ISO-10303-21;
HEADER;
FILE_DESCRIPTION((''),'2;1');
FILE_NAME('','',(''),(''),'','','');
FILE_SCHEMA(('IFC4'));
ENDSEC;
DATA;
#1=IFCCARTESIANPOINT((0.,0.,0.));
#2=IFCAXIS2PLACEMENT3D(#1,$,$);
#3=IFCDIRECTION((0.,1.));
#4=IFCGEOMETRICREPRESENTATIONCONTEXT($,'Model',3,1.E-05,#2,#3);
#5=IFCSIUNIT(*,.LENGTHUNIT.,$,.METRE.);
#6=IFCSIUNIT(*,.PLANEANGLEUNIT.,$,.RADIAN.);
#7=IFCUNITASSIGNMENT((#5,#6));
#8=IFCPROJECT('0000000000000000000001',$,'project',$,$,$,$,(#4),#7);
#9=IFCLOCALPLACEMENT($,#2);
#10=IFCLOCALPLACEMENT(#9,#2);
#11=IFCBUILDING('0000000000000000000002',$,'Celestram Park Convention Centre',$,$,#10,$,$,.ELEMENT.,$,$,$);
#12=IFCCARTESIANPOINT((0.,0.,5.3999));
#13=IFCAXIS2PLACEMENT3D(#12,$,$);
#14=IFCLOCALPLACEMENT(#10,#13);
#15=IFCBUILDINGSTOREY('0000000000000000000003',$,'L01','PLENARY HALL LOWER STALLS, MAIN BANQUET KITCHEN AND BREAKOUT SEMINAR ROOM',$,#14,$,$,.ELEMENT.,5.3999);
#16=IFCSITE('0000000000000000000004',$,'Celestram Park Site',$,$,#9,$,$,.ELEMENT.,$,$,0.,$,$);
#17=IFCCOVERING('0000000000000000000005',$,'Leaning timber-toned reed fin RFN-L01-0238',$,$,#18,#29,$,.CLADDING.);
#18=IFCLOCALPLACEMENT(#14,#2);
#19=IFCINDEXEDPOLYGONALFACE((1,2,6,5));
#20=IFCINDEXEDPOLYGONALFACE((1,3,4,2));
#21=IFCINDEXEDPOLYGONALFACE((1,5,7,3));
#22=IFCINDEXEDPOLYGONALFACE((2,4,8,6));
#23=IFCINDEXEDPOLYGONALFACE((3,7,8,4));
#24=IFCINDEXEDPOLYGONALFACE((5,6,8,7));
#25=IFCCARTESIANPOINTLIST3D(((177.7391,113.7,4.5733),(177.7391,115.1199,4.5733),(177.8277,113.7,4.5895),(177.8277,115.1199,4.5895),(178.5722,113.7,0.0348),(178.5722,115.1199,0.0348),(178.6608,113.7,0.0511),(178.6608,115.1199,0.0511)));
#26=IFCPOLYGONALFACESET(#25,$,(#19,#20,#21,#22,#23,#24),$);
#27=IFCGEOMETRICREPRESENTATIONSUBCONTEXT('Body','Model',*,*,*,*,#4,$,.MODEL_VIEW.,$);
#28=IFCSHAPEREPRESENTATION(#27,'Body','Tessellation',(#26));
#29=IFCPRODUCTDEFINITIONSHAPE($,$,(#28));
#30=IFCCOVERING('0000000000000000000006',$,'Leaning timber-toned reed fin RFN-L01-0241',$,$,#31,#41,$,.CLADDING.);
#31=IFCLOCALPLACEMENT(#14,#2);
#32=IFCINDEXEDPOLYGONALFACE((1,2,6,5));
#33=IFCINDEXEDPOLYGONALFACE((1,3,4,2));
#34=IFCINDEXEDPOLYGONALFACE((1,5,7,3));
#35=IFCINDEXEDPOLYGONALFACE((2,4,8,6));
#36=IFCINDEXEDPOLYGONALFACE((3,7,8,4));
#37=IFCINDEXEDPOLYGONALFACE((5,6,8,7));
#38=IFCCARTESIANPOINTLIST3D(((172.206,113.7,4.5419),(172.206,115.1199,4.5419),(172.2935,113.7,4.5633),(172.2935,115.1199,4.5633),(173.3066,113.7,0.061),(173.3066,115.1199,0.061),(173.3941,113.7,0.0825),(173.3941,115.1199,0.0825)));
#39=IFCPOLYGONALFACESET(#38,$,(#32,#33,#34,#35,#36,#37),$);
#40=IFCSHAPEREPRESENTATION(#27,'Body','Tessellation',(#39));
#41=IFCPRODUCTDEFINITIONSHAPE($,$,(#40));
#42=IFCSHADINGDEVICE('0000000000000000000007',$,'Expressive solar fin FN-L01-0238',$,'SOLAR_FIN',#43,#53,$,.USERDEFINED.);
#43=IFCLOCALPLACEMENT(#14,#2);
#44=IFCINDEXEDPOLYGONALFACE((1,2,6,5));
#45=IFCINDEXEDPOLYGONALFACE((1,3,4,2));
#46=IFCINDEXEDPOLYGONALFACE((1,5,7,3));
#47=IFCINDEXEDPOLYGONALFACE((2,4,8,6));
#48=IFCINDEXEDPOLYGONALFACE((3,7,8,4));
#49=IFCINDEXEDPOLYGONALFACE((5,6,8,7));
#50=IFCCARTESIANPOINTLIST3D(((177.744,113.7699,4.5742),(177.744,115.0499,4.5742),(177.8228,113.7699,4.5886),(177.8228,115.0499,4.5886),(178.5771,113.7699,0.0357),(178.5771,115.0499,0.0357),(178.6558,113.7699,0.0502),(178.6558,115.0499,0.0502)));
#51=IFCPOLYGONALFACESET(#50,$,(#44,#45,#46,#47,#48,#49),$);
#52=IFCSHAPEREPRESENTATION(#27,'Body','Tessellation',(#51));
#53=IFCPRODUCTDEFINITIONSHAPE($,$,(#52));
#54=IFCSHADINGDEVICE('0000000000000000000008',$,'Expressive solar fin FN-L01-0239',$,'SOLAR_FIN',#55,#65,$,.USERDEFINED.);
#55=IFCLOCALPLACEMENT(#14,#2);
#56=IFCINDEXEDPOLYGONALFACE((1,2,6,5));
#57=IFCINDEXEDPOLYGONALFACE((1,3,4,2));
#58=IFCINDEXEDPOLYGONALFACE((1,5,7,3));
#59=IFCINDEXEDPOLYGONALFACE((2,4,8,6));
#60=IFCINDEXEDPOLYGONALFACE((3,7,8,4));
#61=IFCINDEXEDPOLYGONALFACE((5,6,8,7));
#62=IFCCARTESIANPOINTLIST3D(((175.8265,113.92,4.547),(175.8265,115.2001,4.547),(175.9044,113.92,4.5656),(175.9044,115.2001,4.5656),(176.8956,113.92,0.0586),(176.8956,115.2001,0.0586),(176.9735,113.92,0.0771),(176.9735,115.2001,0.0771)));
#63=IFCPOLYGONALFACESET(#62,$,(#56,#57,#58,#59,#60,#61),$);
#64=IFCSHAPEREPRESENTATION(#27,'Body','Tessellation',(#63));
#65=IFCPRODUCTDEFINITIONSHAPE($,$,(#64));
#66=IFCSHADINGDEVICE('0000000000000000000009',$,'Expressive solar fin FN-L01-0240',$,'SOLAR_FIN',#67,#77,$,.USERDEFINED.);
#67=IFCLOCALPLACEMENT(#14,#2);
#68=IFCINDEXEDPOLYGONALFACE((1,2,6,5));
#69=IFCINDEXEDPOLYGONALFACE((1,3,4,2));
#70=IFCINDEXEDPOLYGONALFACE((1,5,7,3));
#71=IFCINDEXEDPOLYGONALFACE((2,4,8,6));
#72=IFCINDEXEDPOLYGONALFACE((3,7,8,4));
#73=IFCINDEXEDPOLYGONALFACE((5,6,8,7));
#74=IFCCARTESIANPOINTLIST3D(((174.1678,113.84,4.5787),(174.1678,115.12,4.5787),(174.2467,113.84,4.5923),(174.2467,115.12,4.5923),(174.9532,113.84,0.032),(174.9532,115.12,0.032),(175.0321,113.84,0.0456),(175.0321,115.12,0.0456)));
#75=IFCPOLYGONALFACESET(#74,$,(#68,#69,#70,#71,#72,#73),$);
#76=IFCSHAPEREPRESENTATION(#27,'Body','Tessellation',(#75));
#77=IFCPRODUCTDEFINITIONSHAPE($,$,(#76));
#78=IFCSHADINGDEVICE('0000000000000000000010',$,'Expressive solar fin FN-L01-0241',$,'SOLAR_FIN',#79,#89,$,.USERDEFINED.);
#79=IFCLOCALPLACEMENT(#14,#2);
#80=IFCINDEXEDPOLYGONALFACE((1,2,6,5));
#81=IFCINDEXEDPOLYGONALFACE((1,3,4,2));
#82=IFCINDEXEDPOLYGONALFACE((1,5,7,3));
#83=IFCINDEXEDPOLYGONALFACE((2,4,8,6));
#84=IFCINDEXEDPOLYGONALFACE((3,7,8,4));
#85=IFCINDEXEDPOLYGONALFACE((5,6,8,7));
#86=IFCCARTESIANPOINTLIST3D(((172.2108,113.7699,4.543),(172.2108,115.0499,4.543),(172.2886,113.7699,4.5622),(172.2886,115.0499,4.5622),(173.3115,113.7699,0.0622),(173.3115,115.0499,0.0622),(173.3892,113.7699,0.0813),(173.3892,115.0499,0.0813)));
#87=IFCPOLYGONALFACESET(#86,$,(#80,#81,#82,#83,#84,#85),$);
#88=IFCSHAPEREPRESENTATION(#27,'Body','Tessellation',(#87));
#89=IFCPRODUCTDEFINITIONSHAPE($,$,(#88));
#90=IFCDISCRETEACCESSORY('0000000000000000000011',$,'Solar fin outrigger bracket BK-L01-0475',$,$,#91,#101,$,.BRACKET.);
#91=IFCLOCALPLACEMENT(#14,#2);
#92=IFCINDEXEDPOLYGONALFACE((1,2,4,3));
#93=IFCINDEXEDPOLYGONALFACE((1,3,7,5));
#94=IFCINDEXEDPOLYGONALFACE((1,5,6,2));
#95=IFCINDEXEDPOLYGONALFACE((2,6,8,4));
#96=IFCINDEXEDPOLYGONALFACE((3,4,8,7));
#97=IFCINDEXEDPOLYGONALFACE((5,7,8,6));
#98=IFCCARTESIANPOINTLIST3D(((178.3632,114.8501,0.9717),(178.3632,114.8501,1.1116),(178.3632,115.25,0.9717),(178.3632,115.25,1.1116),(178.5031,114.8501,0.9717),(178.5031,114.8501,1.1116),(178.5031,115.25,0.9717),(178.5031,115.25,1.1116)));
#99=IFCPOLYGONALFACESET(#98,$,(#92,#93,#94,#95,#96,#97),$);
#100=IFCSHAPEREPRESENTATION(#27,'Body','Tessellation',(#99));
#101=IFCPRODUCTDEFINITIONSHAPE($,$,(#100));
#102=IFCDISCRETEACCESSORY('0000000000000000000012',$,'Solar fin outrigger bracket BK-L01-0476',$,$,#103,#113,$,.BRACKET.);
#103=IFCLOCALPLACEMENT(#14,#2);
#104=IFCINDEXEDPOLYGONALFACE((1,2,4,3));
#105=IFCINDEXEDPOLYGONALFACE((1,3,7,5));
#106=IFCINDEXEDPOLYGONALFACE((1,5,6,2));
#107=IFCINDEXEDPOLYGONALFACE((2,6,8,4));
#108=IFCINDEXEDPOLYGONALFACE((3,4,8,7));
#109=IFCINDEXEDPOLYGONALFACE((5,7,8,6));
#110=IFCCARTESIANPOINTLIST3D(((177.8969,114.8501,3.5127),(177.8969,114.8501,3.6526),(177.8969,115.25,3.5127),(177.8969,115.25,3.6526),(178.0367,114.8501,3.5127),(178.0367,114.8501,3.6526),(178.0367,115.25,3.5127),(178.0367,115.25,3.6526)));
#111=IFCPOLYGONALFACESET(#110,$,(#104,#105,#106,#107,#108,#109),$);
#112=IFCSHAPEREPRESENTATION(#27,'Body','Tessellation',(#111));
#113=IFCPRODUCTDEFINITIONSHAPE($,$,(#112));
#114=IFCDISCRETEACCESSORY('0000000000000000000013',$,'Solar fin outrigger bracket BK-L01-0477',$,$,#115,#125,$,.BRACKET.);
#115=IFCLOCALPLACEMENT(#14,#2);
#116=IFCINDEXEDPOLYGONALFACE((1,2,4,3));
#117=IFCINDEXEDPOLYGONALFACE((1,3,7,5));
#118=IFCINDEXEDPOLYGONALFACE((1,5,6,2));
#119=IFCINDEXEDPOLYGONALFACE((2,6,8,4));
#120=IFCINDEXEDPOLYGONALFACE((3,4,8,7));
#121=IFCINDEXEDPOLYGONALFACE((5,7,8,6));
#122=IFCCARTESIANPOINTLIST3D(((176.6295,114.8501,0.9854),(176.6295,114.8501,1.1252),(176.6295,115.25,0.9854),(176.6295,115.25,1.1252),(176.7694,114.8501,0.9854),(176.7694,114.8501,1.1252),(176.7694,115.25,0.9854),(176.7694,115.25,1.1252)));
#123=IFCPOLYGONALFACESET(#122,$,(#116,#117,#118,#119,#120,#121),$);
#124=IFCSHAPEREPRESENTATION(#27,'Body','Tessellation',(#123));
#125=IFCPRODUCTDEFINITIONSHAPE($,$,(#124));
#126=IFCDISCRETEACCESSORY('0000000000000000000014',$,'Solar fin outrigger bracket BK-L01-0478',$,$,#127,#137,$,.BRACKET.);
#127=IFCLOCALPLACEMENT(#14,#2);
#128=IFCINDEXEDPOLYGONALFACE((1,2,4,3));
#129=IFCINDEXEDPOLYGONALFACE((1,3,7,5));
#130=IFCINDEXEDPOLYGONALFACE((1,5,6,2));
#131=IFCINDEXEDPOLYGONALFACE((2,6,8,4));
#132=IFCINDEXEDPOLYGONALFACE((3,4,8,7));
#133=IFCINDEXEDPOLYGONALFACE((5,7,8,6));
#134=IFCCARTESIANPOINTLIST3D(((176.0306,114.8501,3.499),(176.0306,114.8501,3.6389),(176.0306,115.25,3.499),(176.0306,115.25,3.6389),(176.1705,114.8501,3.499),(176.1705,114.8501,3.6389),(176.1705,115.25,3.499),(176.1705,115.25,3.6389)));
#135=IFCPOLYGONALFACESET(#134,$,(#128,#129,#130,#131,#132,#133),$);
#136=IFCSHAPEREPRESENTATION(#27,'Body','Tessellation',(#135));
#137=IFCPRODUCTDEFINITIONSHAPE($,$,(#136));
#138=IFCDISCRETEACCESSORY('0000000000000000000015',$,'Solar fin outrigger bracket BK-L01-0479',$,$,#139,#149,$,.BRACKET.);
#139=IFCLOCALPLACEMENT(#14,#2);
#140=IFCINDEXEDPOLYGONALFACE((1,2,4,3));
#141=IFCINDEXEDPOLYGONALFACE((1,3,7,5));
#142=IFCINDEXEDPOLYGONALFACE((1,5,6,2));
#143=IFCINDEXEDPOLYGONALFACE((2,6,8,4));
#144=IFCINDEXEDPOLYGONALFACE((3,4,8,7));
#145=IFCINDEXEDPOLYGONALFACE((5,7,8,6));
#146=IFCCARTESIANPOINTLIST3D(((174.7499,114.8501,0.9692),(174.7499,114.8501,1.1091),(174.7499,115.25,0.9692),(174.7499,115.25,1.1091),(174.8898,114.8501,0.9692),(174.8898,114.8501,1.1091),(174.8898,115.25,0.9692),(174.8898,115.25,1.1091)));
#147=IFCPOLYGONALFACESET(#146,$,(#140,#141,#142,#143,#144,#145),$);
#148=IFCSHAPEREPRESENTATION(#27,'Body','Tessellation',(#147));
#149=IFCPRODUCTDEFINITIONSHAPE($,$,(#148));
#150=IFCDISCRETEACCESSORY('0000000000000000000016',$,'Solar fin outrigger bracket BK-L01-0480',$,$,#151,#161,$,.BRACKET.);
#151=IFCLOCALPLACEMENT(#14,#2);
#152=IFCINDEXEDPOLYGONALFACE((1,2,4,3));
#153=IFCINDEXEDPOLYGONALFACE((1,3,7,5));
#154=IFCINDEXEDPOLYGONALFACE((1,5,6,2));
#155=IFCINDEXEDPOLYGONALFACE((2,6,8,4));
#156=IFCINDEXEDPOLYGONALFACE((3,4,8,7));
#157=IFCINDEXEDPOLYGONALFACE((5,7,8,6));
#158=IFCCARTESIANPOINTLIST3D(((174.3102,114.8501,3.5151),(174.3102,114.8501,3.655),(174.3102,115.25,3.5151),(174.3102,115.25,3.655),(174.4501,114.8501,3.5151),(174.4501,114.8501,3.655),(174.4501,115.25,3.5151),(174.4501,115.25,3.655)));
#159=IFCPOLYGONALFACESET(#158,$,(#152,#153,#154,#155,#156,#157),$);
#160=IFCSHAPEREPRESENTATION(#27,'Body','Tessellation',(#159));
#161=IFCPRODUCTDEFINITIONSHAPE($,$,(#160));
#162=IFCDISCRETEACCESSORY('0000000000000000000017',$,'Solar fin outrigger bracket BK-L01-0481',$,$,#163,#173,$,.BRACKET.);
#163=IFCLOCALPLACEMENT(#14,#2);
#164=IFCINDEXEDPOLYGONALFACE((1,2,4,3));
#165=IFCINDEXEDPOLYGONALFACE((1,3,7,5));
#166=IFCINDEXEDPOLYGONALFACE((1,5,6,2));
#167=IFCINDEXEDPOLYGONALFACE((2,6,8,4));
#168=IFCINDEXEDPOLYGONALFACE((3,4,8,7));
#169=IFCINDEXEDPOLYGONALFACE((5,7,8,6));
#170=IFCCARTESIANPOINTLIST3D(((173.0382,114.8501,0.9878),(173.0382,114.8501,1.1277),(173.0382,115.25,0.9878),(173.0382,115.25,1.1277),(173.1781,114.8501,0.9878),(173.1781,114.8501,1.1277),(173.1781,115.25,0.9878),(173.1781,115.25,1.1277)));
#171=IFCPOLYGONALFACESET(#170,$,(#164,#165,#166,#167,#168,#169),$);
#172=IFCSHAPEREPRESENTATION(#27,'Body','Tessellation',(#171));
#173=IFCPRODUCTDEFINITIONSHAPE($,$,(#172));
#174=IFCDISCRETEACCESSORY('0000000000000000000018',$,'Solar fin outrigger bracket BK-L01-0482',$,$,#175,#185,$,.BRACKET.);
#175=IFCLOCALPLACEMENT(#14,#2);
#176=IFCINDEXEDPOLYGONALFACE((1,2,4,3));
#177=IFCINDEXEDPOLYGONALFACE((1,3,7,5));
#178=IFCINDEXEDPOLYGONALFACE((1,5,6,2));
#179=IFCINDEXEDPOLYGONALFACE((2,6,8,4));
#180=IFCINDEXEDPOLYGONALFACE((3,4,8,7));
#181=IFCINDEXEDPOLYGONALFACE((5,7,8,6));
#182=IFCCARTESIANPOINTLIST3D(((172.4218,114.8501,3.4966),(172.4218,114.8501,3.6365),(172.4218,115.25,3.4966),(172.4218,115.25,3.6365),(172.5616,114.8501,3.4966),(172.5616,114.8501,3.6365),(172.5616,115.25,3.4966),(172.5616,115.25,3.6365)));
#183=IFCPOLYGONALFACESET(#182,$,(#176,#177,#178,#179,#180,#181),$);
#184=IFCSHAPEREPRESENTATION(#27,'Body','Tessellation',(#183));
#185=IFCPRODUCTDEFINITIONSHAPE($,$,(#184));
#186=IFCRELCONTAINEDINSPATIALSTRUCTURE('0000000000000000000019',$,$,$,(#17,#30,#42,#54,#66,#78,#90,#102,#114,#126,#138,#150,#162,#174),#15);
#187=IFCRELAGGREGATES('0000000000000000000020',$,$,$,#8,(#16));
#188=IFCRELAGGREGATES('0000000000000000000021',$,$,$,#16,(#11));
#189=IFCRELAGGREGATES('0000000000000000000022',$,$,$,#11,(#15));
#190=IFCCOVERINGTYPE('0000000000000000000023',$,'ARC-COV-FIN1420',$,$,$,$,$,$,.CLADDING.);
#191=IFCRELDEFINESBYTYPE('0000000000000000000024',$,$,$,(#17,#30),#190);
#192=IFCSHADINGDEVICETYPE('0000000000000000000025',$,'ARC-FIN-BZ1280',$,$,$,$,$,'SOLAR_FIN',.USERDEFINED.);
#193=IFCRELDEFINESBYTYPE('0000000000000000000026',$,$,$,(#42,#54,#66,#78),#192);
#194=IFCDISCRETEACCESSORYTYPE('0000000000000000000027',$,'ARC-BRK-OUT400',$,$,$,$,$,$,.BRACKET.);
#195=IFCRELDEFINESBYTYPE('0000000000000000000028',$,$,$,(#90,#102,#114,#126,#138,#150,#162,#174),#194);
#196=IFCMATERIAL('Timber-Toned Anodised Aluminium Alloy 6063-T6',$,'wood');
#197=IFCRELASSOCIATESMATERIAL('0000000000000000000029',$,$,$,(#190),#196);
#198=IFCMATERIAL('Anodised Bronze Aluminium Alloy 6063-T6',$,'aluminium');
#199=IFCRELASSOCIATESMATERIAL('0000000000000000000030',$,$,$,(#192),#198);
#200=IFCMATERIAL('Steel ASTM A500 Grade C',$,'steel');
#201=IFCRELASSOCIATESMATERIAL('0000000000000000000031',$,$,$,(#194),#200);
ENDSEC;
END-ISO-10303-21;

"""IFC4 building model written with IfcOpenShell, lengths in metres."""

from ifc_helpers import new_model, si_unit, direction, frame, origin, origin_2d, place, context, subcontext, project, spatial, rectangle, extrude, material, material_profile, profile_set, type_object, element, save


model = new_model("IFC4")

# Units and contexts
model_context = context("Model", 3, precision=1e-05, world=origin(), true_north=direction((0.0, 1.0)))
body_context = subcontext(model_context, "Body", "Model", "MODEL_VIEW")
ifc_project = project(units=[si_unit("LENGTHUNIT", "METRE"), si_unit("PLANEANGLEUNIT", "RADIAN")], contexts=[model_context])

# Site, building, storey
site_placement = place(None, origin())
site = spatial("IfcSite", under=ifc_project, at=site_placement, Name="Celestram Park Site", CompositionType="ELEMENT", RefElevation=0.0)
building_placement = place(site_placement, origin())
building = spatial("IfcBuilding", under=site, at=building_placement, Name="Celestram Park Convention Centre", CompositionType="ELEMENT")
storey_placement = place(building_placement, frame((0.0, 0.0, 5.3999)))
storey = spatial("IfcBuildingStorey", under=building, at=storey_placement, Name="L01", Description="PLENARY HALL LOWER STALLS, MAIN BANQUET KITCHEN AND BREAKOUT SEMINAR ROOM", CompositionType="ELEMENT", Elevation=5.3999)

# Coverings
ifc_material_1 = material(Name="Timber-Toned Anodised Aluminium Alloy 6063-T6", Category="wood")
ifc_material_profile_1 = material_profile(ifc_material_1, rectangle(XDim=1.4199, YDim=0.0901, at=origin_2d()), Name="REED1420X90")
ifc_profile_set_1 = profile_set([ifc_material_profile_1], Name="Timber-Toned Anodised Aluminium Alloy 6063-T6")
covering_type_1 = type_object("IfcCoveringType", Name="ARC-COV-FIN1420", PredefinedType="CLADDING", material=ifc_profile_set_1)
covering_1_placement = place(storey_placement, frame((178.6165, 114.4099, 0.043), z_axis=(-0.180533, 0.0, 0.983569), x_axis=(0.0, -1.0, 0.0)))
element("IfcCovering", 1, at=covering_1_placement, inside=storey, type_object=covering_type_1, Name="Leaning timber-toned reed fin RFN-L01-0238", PredefinedType="CLADDING", context=body_context, shape_type="SweptSolid", body=[
    extrude(rectangle(XDim=1.4199, YDim=0.0901, at=origin_2d()), origin(), (0.0, 0.0, 1.0), 4.6143),
])
covering_2_placement = place(storey_placement, frame((173.3503, 114.4099, 0.0718), z_axis=(-0.238537, 0.0, 0.971133), x_axis=(0.0, -1.0, 0.0)))
element("IfcCovering", 2, at=covering_2_placement, inside=storey, type_object=covering_type_1, Name="Leaning timber-toned reed fin RFN-L01-0241", PredefinedType="CLADDING", context=body_context, shape_type="SweptSolid", body=[
    extrude(rectangle(XDim=1.4199, YDim=0.0901, at=origin_2d()), origin(), (0.0, 0.0, 1.0), 4.614),
])

# Shading devices
ifc_material_2 = material(Name="Anodised Bronze Aluminium Alloy 6063-T6", Category="aluminium")
ifc_material_profile_2 = material_profile(ifc_material_2, rectangle(XDim=1.28, YDim=0.0801, at=origin_2d()), Name="FIN1280X80")
ifc_profile_set_2 = profile_set([ifc_material_profile_2], Name="Anodised Bronze Aluminium Alloy 6063-T6")
shading_device_type = type_object("IfcShadingDeviceType", Name="ARC-FIN-BZ1280", ElementType="SOLAR_FIN", PredefinedType="USERDEFINED", material=ifc_profile_set_2)
shading_device_placement = place(storey_placement, frame((178.6165, 114.4099, 0.043), z_axis=(-0.180533, 0.0, 0.983569), x_axis=(0.0, -1.0, 0.0)))
element("IfcShadingDevice", 3, at=shading_device_placement, inside=storey, type_object=shading_device_type, Name="Expressive solar fin FN-L01-0238", ObjectType="SOLAR_FIN", PredefinedType="USERDEFINED", context=body_context, shape_type="SweptSolid", body=[
    extrude(rectangle(XDim=1.28, YDim=0.0801, at=origin_2d()), origin(), (0.0, 0.0, 1.0), 4.6143),
])
for number, where, z_axis, x_axis, name in (
    (4, (176.9346, 114.5601, 0.0679), (-0.231702, 0.0, 0.972787), (0.0, -1.0, 0.0), "Expressive solar fin FN-L01-0239"),
    (5, (174.9927, 114.48, 0.0388), (-0.170222, 0.0, 0.985406), (0.0, -1.0, 0.0), "Expressive solar fin FN-L01-0240"),
    (6, (173.3503, 114.4099, 0.0718), (-0.238537, 0.0, 0.971133), (0.0, -1.0, 0.0), "Expressive solar fin FN-L01-0241"),
):
    element("IfcShadingDevice", number, at=place(storey_placement, frame(where, z_axis=z_axis, x_axis=x_axis)), inside=storey, type_object=shading_device_type, Name=name, ObjectType="SOLAR_FIN", PredefinedType="USERDEFINED", context=body_context, shape_type="SweptSolid", body=[
        extrude(rectangle(XDim=1.28, YDim=0.0801, at=origin_2d()), origin(), (0.0, 0.0, 1.0), 4.614),
    ])

# Discrete accessories
ifc_material_3 = material(Name="Steel ASTM A500 Grade C", Category="steel")
discrete_accessory_type = type_object("IfcDiscreteAccessoryType", Name="ARC-BRK-OUT400", PredefinedType="BRACKET", material=ifc_material_3)
for number, where, z_axis, x_axis, name in (
    (7, (178.4331, 115.05, 0.9717), (0.0, 0.0, 1.0), (0.0, -1.0, 0.0), "Solar fin outrigger bracket BK-L01-0475"),
    (8, (177.9668, 115.05, 3.5127), (0.0, 0.0, 1.0), (0.0, -1.0, 0.0), "Solar fin outrigger bracket BK-L01-0476"),
    (9, (176.6995, 115.05, 0.9854), (0.0, 0.0, 1.0), (0.0, -1.0, 0.0), "Solar fin outrigger bracket BK-L01-0477"),
    (10, (176.1006, 115.05, 3.499), (0.0, 0.0, 1.0), (0.0, -1.0, 0.0), "Solar fin outrigger bracket BK-L01-0478"),
    (11, (174.8198, 115.05, 0.9692), (0.0, 0.0, 1.0), (0.0, -1.0, 0.0), "Solar fin outrigger bracket BK-L01-0479"),
    (12, (174.3801, 115.05, 3.5151), (0.0, 0.0, 1.0), (0.0, -1.0, 0.0), "Solar fin outrigger bracket BK-L01-0480"),
    (13, (173.1082, 115.05, 0.9878), (0.0, 0.0, 1.0), (0.0, -1.0, 0.0), "Solar fin outrigger bracket BK-L01-0481"),
    (14, (172.4917, 115.05, 3.4966), (0.0, 0.0, 1.0), (0.0, -1.0, 0.0), "Solar fin outrigger bracket BK-L01-0482"),
):
    element("IfcDiscreteAccessory", number, at=place(storey_placement, frame(where, z_axis=z_axis, x_axis=x_axis)), inside=storey, type_object=discrete_accessory_type, Name=name, PredefinedType="BRACKET", context=body_context, shape_type="SweptSolid", body=[
        extrude(rectangle(XDim=0.3999, YDim=0.1399, at=origin_2d()), origin(), (0.0, 0.0, 1.0), 0.1399),
    ])

save(model, "model.ifc")
